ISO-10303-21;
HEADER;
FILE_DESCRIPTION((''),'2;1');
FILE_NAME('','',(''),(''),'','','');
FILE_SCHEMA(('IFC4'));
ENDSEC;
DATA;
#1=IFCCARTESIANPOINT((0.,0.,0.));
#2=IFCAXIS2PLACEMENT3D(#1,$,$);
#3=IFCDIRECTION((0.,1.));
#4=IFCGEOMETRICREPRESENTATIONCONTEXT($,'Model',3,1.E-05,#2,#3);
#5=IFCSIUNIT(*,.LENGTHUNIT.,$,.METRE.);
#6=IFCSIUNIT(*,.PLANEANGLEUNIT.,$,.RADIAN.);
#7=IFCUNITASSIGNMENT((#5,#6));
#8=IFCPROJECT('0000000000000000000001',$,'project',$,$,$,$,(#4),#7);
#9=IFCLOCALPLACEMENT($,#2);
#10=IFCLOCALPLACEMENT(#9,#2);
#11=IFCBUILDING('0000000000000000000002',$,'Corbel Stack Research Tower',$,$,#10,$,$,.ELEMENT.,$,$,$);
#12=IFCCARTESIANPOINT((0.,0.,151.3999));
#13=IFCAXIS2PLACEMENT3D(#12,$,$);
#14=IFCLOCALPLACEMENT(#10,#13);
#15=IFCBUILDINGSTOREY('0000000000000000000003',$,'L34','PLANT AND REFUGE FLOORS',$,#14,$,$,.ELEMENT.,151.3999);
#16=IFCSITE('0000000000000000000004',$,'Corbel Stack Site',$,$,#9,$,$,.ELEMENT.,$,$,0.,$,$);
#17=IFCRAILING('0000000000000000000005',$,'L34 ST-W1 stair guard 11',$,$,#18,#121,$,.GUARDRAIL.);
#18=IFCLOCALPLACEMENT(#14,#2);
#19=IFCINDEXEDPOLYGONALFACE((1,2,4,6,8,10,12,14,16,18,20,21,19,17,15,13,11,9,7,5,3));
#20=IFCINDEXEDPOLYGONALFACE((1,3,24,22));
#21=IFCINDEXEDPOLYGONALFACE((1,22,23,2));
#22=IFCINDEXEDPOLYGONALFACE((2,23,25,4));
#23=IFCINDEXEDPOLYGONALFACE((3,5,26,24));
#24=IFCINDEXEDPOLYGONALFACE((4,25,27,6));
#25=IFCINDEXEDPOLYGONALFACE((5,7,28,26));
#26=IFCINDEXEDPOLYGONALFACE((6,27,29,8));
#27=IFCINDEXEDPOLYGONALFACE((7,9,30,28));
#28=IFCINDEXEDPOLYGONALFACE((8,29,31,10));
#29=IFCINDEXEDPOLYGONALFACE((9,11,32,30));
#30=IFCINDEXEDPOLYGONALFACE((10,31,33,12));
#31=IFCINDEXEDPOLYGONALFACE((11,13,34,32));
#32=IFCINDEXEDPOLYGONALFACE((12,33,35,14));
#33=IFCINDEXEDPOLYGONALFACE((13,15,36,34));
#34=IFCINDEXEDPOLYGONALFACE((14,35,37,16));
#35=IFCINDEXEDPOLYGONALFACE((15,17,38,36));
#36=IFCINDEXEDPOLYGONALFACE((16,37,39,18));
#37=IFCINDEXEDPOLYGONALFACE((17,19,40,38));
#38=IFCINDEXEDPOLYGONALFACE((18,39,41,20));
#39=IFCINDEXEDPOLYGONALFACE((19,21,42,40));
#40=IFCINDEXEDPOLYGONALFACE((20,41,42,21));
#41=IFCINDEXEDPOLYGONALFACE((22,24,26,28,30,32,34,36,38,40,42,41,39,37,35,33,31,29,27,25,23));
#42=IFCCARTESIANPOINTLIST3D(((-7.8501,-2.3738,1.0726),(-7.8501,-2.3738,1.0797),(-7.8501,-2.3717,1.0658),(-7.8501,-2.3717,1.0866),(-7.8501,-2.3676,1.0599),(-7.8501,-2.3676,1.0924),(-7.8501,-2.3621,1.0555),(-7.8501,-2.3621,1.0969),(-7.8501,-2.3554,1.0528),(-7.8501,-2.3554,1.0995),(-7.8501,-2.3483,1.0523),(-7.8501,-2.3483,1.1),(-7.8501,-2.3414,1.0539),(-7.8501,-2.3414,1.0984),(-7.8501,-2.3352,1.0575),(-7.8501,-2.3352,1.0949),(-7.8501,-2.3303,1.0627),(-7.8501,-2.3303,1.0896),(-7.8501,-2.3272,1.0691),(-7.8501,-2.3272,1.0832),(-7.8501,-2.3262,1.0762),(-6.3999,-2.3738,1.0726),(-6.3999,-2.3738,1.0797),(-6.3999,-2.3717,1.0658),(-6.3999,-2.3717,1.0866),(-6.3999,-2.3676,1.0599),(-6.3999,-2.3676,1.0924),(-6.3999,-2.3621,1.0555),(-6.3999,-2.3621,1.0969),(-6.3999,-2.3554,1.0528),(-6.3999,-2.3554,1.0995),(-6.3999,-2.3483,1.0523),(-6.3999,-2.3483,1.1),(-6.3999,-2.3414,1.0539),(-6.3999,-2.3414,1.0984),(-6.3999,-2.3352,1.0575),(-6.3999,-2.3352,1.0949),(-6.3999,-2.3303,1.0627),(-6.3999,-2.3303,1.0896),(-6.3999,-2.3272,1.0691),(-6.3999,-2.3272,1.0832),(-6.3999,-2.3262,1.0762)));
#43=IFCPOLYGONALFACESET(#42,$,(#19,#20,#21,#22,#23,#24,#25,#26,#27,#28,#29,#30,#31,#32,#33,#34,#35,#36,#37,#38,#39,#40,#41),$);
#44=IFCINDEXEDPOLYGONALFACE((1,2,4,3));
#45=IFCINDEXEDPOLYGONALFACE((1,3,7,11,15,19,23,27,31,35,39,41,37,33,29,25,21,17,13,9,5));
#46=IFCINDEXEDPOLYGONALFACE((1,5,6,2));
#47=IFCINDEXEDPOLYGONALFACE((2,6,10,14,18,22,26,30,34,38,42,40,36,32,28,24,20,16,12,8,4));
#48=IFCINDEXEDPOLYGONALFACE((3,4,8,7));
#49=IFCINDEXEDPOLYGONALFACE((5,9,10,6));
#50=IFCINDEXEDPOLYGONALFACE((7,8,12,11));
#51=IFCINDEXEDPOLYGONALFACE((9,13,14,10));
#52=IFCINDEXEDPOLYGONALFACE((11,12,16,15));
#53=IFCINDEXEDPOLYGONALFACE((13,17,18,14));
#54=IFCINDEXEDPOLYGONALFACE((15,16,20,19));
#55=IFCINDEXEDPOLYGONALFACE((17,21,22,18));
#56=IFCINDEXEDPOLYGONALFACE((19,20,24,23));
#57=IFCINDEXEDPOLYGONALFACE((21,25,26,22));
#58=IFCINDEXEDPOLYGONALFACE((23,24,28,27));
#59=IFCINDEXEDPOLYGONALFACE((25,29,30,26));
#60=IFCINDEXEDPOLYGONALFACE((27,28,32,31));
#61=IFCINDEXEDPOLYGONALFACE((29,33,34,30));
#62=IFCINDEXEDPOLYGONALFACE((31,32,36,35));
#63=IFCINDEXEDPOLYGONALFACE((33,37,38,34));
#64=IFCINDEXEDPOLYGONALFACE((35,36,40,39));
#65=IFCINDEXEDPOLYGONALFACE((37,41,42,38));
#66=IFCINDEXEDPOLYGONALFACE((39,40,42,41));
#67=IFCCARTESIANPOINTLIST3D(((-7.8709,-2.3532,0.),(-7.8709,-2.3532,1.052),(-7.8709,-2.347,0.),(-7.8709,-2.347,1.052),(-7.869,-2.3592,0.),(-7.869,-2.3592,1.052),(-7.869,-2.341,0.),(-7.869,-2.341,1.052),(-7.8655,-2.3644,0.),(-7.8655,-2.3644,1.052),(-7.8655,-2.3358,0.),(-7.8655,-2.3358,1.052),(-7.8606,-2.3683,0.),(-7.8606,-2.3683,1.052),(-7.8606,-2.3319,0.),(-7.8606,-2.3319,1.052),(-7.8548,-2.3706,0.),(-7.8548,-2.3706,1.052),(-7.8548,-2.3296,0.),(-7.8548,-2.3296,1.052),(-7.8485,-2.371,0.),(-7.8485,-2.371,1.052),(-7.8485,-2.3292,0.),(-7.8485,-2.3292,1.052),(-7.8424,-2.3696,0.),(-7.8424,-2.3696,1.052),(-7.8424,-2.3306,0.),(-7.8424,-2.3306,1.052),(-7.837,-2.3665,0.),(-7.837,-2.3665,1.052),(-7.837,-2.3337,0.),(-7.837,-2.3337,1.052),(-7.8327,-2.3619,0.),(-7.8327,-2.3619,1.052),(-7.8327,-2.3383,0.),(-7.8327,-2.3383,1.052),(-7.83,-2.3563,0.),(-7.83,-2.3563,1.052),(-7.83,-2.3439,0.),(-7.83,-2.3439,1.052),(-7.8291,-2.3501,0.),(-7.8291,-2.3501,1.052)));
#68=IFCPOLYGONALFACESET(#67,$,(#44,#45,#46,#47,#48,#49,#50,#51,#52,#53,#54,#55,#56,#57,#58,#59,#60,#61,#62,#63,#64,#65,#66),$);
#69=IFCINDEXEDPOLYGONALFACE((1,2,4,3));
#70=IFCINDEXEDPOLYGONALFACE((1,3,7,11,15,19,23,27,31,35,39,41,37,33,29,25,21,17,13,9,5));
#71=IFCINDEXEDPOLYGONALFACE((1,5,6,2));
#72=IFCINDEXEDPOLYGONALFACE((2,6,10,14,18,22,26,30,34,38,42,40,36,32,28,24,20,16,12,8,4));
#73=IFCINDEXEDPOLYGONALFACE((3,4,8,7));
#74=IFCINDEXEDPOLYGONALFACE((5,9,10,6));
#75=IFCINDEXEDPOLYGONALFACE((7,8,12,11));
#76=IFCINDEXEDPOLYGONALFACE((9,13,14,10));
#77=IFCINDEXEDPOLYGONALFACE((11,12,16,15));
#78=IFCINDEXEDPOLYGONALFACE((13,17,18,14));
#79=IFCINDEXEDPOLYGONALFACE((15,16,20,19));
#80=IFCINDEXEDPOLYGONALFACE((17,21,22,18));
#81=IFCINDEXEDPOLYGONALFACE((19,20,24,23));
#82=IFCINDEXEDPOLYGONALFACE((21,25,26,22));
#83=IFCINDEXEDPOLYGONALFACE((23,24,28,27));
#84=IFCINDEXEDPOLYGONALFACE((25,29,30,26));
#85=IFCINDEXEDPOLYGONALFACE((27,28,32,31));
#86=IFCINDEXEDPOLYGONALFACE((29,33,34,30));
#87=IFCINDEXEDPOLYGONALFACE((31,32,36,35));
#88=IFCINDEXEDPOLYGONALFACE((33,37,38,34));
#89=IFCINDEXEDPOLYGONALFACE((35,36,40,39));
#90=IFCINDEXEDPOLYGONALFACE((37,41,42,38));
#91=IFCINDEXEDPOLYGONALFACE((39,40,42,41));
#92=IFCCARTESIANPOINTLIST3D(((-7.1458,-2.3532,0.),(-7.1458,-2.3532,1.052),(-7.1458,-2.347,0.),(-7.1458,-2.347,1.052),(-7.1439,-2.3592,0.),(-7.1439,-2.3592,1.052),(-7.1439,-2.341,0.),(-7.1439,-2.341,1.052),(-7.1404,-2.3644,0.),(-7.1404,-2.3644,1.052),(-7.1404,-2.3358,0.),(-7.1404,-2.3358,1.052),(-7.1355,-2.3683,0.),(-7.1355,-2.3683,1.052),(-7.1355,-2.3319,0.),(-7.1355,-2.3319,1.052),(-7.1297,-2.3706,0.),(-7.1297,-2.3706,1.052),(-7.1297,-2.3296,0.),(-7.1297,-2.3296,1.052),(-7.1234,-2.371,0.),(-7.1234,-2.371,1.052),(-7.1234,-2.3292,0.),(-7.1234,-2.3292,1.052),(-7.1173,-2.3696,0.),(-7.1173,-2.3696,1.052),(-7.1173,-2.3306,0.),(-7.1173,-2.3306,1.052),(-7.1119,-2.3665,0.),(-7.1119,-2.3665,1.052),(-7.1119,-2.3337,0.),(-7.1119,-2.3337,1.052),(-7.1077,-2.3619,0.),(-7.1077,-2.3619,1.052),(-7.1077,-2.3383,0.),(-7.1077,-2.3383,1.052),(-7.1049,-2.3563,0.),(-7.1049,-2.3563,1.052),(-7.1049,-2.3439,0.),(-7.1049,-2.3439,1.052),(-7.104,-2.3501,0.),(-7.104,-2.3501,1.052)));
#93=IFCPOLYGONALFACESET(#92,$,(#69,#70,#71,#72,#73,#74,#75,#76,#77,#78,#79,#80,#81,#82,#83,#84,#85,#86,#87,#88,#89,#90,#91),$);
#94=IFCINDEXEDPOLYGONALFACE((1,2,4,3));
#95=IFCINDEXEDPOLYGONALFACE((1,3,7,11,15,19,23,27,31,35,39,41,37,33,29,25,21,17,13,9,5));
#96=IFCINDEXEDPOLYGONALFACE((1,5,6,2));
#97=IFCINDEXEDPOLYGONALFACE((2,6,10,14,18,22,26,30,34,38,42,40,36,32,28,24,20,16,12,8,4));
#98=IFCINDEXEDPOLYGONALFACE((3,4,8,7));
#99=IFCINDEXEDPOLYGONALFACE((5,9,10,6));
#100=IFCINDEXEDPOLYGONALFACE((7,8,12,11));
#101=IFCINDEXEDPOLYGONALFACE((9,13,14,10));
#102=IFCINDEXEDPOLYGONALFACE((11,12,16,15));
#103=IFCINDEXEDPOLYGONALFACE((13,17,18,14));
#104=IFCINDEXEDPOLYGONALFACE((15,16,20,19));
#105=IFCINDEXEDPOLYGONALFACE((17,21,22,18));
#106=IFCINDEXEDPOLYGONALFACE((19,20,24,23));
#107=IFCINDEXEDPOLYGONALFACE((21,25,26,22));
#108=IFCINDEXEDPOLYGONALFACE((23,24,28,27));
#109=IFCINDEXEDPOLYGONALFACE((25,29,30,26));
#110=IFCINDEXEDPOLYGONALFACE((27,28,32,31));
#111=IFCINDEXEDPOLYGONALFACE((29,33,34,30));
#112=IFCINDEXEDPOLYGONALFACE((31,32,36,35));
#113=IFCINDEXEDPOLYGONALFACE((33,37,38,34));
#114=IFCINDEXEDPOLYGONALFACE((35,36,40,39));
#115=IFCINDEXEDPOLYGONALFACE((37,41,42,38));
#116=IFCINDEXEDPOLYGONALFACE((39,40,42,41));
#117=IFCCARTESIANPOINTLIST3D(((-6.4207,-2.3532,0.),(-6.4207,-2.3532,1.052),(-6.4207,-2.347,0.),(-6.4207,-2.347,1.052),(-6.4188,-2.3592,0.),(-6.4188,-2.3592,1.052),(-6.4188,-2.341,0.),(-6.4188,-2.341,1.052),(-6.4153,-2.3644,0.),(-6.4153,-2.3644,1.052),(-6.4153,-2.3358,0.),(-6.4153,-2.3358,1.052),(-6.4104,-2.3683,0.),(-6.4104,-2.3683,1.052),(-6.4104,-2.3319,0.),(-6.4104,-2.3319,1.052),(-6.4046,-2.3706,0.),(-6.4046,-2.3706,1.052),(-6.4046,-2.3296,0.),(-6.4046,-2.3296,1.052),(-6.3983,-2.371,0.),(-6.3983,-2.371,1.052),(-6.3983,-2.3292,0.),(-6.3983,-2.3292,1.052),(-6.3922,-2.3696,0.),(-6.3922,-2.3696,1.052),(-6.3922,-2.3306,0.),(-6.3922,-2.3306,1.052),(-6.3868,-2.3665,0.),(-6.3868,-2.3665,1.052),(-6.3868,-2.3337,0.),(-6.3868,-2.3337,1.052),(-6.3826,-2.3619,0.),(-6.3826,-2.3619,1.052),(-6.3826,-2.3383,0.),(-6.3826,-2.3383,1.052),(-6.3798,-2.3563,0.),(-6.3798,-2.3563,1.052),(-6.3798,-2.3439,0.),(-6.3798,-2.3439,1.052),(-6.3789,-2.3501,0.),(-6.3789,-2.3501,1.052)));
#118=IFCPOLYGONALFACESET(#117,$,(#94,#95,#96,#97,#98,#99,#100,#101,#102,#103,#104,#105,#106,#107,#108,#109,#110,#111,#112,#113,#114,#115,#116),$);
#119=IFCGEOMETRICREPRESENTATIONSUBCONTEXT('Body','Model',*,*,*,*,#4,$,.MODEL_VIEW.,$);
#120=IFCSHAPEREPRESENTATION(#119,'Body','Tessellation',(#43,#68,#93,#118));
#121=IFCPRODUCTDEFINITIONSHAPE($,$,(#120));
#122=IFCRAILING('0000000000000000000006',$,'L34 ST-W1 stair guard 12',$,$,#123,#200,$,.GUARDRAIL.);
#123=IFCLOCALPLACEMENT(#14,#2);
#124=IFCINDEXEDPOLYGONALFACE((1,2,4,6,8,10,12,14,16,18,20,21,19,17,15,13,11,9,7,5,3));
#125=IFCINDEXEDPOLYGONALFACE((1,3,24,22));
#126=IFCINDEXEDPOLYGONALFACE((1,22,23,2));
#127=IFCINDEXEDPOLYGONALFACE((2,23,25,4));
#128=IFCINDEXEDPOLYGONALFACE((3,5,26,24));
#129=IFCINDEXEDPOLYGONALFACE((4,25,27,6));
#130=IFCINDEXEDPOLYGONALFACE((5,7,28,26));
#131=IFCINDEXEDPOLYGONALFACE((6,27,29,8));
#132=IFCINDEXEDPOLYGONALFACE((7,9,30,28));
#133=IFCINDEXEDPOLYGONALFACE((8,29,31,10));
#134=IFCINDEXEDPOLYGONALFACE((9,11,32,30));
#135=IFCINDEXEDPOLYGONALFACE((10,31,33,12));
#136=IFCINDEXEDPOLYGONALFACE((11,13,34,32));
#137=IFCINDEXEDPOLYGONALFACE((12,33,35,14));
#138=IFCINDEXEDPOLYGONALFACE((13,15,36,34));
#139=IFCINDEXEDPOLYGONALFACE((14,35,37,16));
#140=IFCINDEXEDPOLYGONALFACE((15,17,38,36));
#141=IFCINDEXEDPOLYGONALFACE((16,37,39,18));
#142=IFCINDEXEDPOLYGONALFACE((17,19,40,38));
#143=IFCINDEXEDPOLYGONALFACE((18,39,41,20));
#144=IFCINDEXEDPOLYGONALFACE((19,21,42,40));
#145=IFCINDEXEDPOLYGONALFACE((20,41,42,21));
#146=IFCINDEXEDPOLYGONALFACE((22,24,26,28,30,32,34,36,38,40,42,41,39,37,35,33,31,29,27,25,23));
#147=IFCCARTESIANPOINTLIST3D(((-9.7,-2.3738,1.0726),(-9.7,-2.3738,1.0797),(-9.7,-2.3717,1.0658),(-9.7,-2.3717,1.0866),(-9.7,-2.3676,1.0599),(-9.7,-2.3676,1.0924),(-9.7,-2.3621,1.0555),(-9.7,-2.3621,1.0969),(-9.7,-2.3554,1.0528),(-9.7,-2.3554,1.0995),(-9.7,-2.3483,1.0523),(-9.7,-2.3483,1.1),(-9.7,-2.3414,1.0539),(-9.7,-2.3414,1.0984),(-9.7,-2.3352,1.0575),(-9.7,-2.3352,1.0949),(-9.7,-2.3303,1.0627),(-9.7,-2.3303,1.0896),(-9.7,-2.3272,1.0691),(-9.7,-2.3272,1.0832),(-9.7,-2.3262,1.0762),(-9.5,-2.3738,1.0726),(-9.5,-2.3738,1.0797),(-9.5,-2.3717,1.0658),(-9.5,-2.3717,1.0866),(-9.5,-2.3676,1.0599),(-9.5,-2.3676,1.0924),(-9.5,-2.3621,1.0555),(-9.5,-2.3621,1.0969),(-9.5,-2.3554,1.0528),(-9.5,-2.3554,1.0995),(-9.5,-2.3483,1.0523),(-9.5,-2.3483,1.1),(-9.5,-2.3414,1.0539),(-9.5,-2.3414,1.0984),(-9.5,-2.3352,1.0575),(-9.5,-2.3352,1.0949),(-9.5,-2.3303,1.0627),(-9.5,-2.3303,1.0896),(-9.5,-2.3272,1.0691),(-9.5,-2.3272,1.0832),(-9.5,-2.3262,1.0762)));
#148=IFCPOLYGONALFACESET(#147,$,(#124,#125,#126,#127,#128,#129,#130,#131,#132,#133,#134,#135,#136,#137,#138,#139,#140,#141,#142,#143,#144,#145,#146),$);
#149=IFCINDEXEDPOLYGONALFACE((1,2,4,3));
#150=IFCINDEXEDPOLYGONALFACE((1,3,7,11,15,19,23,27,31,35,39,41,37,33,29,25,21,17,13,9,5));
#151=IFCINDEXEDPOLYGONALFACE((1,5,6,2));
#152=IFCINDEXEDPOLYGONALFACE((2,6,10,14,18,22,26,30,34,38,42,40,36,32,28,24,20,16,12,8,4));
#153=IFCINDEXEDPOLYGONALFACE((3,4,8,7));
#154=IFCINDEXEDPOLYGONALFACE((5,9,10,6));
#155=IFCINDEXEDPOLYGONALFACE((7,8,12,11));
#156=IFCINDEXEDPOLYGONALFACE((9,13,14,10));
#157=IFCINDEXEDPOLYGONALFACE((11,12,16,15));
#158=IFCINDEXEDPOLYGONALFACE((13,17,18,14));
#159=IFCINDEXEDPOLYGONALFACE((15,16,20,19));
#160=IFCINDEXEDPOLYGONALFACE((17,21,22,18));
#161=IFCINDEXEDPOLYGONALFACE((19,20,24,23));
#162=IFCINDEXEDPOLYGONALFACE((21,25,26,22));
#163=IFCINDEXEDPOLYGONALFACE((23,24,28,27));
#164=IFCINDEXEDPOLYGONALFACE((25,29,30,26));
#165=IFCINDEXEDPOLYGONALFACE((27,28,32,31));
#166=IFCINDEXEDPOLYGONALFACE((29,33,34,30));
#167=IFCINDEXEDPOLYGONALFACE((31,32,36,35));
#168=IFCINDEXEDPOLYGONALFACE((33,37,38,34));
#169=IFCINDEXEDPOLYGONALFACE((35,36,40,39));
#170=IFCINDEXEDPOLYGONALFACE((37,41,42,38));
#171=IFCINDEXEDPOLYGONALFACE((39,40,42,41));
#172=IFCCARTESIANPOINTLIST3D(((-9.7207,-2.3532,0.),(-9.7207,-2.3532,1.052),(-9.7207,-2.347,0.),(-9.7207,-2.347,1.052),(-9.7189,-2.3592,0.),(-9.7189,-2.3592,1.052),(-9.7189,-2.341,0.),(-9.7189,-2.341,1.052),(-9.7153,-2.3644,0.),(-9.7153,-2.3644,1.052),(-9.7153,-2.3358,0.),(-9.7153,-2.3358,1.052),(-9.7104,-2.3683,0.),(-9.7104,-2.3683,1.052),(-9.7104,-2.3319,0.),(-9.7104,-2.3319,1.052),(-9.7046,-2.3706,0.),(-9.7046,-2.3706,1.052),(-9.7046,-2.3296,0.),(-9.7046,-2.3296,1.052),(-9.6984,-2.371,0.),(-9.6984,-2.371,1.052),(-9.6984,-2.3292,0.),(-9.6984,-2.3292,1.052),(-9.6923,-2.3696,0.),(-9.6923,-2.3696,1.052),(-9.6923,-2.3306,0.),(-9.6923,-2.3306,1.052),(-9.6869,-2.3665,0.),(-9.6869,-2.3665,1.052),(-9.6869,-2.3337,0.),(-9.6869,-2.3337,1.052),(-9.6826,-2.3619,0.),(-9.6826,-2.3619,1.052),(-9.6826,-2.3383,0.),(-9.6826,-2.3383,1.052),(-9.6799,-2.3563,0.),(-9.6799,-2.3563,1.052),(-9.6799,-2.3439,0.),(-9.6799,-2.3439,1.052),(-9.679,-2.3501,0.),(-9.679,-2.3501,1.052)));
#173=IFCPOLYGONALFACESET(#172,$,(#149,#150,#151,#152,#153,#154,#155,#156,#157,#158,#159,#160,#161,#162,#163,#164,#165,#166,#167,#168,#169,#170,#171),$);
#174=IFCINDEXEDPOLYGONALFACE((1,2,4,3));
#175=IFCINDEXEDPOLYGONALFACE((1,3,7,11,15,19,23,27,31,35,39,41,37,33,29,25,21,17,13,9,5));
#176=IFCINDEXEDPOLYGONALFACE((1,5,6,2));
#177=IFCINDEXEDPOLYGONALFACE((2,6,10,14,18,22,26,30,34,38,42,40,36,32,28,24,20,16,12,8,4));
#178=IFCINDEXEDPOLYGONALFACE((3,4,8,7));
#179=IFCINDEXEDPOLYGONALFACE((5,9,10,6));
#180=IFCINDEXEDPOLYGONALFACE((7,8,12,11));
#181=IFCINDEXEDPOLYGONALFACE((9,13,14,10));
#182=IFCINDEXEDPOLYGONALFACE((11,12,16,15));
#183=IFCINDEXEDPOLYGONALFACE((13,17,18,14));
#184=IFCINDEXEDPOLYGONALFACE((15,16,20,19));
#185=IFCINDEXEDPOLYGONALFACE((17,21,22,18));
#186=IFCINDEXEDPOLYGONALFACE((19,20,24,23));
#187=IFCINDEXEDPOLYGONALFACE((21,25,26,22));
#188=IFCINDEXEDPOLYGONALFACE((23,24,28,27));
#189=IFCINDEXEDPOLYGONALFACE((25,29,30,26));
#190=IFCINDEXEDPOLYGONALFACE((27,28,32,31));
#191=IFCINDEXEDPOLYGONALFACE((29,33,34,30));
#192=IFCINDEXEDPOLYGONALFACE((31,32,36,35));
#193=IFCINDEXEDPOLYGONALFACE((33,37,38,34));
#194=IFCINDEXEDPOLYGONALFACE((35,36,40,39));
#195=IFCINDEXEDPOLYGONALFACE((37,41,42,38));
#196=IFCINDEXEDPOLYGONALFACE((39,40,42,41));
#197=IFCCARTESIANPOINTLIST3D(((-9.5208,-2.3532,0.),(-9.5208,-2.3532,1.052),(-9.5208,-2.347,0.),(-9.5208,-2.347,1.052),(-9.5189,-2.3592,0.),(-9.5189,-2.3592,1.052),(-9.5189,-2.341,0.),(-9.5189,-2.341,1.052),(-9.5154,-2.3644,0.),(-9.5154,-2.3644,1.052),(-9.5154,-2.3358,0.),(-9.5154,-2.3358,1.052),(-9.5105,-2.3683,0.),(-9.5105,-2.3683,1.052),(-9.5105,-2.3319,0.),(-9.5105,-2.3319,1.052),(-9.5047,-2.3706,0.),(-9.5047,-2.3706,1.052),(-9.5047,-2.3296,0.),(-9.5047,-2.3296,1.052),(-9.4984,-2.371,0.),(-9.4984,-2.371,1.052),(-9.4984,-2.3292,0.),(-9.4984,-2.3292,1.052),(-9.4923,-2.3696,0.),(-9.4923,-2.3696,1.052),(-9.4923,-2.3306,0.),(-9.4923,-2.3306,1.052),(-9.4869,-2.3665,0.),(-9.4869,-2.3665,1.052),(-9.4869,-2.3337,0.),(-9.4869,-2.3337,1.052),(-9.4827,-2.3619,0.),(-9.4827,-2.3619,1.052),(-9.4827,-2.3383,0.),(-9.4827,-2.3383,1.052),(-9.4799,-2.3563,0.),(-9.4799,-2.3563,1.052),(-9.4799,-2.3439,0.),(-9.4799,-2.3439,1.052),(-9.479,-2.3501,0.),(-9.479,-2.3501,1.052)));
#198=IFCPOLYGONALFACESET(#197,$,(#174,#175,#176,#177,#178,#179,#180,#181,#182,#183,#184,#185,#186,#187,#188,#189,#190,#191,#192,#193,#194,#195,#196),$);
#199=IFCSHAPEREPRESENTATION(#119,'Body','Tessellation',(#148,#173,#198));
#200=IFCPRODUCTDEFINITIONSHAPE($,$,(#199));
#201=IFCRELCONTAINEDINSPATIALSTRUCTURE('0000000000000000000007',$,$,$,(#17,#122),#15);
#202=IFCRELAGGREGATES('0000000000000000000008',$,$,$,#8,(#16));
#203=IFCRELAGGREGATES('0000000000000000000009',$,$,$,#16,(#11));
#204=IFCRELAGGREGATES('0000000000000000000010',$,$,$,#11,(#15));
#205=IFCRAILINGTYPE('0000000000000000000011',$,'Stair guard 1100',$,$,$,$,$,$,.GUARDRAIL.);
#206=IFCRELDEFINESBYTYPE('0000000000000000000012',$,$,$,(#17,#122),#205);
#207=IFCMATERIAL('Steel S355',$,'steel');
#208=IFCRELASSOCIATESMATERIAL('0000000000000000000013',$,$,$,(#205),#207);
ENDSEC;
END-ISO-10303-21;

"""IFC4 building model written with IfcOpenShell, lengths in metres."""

from ifc_helpers import new_model, si_unit, direction, frame, origin, origin_2d, place, context, subcontext, project, spatial, circle, extrude, material, type_object, element, save


model = new_model("IFC4")

# Units and contexts
model_context = context("Model", 3, precision=1e-05, world=origin(), true_north=direction((0.0, 1.0)))
body_context = subcontext(model_context, "Body", "Model", "MODEL_VIEW")
ifc_project = project(units=[si_unit("LENGTHUNIT", "METRE"), si_unit("PLANEANGLEUNIT", "RADIAN")], contexts=[model_context])

# Site, building, storey
site_placement = place(None, origin())
site = spatial("IfcSite", under=ifc_project, at=site_placement, Name="Corbel Stack Site", CompositionType="ELEMENT", RefElevation=0.0)
building_placement = place(site_placement, origin())
building = spatial("IfcBuilding", under=site, at=building_placement, Name="Corbel Stack Research Tower", CompositionType="ELEMENT")
storey_placement = place(building_placement, frame((0.0, 0.0, 151.3999)))
storey = spatial("IfcBuildingStorey", under=building, at=storey_placement, Name="L34", Description="PLANT AND REFUGE FLOORS", CompositionType="ELEMENT", Elevation=151.3999)

# Railings
ifc_material_1 = material(Name="Steel S355", Category="steel")
railing_type_1 = type_object("IfcRailingType", Name="Stair guard 1100", PredefinedType="GUARDRAIL", material=ifc_material_1)
railing_1_placement = place(storey_placement, frame((-7.8501, -2.3501, 0.0)))
element("IfcRailing", 1, at=railing_1_placement, inside=storey, type_object=railing_type_1, Name="L34 ST-W1 stair guard 11", PredefinedType="GUARDRAIL", context=body_context, shape_type="SweptSolid", body=[
    extrude(circle(Radius=0.0239, at=origin_2d()), frame((0.0, 0.0, 1.0762), z_axis=(1.0, 0.0, 0.0), x_axis=(0.0, 1.0, 0.0)), (0.0, 0.0, 1.0), 1.4502),
    extrude(circle(Radius=0.021, at=origin_2d()), origin(), (0.0, 0.0, 1.0), 1.052),
    extrude(circle(Radius=0.021, at=origin_2d()), frame((0.7251, 0.0, 0.0)), (0.0, 0.0, 1.0), 1.052),
    extrude(circle(Radius=0.021, at=origin_2d()), frame((1.4502, 0.0, 0.0)), (0.0, 0.0, 1.0), 1.052),
])
railing_2_placement = place(storey_placement, frame((-9.7, -2.3501, 0.0)))
element("IfcRailing", 2, at=railing_2_placement, inside=storey, type_object=railing_type_1, Name="L34 ST-W1 stair guard 12", PredefinedType="GUARDRAIL", context=body_context, shape_type="SweptSolid", body=[
    extrude(circle(Radius=0.0239, at=origin_2d()), frame((0.0, 0.0, 1.0762), z_axis=(1.0, 0.0, 0.0), x_axis=(0.0, 1.0, 0.0)), (0.0, 0.0, 1.0), 0.2),
    extrude(circle(Radius=0.021, at=origin_2d()), origin(), (0.0, 0.0, 1.0), 1.052),
    extrude(circle(Radius=0.021, at=origin_2d()), frame((0.2, 0.0, 0.0)), (0.0, 0.0, 1.0), 1.052),
])

save(model, "model.ifc")
